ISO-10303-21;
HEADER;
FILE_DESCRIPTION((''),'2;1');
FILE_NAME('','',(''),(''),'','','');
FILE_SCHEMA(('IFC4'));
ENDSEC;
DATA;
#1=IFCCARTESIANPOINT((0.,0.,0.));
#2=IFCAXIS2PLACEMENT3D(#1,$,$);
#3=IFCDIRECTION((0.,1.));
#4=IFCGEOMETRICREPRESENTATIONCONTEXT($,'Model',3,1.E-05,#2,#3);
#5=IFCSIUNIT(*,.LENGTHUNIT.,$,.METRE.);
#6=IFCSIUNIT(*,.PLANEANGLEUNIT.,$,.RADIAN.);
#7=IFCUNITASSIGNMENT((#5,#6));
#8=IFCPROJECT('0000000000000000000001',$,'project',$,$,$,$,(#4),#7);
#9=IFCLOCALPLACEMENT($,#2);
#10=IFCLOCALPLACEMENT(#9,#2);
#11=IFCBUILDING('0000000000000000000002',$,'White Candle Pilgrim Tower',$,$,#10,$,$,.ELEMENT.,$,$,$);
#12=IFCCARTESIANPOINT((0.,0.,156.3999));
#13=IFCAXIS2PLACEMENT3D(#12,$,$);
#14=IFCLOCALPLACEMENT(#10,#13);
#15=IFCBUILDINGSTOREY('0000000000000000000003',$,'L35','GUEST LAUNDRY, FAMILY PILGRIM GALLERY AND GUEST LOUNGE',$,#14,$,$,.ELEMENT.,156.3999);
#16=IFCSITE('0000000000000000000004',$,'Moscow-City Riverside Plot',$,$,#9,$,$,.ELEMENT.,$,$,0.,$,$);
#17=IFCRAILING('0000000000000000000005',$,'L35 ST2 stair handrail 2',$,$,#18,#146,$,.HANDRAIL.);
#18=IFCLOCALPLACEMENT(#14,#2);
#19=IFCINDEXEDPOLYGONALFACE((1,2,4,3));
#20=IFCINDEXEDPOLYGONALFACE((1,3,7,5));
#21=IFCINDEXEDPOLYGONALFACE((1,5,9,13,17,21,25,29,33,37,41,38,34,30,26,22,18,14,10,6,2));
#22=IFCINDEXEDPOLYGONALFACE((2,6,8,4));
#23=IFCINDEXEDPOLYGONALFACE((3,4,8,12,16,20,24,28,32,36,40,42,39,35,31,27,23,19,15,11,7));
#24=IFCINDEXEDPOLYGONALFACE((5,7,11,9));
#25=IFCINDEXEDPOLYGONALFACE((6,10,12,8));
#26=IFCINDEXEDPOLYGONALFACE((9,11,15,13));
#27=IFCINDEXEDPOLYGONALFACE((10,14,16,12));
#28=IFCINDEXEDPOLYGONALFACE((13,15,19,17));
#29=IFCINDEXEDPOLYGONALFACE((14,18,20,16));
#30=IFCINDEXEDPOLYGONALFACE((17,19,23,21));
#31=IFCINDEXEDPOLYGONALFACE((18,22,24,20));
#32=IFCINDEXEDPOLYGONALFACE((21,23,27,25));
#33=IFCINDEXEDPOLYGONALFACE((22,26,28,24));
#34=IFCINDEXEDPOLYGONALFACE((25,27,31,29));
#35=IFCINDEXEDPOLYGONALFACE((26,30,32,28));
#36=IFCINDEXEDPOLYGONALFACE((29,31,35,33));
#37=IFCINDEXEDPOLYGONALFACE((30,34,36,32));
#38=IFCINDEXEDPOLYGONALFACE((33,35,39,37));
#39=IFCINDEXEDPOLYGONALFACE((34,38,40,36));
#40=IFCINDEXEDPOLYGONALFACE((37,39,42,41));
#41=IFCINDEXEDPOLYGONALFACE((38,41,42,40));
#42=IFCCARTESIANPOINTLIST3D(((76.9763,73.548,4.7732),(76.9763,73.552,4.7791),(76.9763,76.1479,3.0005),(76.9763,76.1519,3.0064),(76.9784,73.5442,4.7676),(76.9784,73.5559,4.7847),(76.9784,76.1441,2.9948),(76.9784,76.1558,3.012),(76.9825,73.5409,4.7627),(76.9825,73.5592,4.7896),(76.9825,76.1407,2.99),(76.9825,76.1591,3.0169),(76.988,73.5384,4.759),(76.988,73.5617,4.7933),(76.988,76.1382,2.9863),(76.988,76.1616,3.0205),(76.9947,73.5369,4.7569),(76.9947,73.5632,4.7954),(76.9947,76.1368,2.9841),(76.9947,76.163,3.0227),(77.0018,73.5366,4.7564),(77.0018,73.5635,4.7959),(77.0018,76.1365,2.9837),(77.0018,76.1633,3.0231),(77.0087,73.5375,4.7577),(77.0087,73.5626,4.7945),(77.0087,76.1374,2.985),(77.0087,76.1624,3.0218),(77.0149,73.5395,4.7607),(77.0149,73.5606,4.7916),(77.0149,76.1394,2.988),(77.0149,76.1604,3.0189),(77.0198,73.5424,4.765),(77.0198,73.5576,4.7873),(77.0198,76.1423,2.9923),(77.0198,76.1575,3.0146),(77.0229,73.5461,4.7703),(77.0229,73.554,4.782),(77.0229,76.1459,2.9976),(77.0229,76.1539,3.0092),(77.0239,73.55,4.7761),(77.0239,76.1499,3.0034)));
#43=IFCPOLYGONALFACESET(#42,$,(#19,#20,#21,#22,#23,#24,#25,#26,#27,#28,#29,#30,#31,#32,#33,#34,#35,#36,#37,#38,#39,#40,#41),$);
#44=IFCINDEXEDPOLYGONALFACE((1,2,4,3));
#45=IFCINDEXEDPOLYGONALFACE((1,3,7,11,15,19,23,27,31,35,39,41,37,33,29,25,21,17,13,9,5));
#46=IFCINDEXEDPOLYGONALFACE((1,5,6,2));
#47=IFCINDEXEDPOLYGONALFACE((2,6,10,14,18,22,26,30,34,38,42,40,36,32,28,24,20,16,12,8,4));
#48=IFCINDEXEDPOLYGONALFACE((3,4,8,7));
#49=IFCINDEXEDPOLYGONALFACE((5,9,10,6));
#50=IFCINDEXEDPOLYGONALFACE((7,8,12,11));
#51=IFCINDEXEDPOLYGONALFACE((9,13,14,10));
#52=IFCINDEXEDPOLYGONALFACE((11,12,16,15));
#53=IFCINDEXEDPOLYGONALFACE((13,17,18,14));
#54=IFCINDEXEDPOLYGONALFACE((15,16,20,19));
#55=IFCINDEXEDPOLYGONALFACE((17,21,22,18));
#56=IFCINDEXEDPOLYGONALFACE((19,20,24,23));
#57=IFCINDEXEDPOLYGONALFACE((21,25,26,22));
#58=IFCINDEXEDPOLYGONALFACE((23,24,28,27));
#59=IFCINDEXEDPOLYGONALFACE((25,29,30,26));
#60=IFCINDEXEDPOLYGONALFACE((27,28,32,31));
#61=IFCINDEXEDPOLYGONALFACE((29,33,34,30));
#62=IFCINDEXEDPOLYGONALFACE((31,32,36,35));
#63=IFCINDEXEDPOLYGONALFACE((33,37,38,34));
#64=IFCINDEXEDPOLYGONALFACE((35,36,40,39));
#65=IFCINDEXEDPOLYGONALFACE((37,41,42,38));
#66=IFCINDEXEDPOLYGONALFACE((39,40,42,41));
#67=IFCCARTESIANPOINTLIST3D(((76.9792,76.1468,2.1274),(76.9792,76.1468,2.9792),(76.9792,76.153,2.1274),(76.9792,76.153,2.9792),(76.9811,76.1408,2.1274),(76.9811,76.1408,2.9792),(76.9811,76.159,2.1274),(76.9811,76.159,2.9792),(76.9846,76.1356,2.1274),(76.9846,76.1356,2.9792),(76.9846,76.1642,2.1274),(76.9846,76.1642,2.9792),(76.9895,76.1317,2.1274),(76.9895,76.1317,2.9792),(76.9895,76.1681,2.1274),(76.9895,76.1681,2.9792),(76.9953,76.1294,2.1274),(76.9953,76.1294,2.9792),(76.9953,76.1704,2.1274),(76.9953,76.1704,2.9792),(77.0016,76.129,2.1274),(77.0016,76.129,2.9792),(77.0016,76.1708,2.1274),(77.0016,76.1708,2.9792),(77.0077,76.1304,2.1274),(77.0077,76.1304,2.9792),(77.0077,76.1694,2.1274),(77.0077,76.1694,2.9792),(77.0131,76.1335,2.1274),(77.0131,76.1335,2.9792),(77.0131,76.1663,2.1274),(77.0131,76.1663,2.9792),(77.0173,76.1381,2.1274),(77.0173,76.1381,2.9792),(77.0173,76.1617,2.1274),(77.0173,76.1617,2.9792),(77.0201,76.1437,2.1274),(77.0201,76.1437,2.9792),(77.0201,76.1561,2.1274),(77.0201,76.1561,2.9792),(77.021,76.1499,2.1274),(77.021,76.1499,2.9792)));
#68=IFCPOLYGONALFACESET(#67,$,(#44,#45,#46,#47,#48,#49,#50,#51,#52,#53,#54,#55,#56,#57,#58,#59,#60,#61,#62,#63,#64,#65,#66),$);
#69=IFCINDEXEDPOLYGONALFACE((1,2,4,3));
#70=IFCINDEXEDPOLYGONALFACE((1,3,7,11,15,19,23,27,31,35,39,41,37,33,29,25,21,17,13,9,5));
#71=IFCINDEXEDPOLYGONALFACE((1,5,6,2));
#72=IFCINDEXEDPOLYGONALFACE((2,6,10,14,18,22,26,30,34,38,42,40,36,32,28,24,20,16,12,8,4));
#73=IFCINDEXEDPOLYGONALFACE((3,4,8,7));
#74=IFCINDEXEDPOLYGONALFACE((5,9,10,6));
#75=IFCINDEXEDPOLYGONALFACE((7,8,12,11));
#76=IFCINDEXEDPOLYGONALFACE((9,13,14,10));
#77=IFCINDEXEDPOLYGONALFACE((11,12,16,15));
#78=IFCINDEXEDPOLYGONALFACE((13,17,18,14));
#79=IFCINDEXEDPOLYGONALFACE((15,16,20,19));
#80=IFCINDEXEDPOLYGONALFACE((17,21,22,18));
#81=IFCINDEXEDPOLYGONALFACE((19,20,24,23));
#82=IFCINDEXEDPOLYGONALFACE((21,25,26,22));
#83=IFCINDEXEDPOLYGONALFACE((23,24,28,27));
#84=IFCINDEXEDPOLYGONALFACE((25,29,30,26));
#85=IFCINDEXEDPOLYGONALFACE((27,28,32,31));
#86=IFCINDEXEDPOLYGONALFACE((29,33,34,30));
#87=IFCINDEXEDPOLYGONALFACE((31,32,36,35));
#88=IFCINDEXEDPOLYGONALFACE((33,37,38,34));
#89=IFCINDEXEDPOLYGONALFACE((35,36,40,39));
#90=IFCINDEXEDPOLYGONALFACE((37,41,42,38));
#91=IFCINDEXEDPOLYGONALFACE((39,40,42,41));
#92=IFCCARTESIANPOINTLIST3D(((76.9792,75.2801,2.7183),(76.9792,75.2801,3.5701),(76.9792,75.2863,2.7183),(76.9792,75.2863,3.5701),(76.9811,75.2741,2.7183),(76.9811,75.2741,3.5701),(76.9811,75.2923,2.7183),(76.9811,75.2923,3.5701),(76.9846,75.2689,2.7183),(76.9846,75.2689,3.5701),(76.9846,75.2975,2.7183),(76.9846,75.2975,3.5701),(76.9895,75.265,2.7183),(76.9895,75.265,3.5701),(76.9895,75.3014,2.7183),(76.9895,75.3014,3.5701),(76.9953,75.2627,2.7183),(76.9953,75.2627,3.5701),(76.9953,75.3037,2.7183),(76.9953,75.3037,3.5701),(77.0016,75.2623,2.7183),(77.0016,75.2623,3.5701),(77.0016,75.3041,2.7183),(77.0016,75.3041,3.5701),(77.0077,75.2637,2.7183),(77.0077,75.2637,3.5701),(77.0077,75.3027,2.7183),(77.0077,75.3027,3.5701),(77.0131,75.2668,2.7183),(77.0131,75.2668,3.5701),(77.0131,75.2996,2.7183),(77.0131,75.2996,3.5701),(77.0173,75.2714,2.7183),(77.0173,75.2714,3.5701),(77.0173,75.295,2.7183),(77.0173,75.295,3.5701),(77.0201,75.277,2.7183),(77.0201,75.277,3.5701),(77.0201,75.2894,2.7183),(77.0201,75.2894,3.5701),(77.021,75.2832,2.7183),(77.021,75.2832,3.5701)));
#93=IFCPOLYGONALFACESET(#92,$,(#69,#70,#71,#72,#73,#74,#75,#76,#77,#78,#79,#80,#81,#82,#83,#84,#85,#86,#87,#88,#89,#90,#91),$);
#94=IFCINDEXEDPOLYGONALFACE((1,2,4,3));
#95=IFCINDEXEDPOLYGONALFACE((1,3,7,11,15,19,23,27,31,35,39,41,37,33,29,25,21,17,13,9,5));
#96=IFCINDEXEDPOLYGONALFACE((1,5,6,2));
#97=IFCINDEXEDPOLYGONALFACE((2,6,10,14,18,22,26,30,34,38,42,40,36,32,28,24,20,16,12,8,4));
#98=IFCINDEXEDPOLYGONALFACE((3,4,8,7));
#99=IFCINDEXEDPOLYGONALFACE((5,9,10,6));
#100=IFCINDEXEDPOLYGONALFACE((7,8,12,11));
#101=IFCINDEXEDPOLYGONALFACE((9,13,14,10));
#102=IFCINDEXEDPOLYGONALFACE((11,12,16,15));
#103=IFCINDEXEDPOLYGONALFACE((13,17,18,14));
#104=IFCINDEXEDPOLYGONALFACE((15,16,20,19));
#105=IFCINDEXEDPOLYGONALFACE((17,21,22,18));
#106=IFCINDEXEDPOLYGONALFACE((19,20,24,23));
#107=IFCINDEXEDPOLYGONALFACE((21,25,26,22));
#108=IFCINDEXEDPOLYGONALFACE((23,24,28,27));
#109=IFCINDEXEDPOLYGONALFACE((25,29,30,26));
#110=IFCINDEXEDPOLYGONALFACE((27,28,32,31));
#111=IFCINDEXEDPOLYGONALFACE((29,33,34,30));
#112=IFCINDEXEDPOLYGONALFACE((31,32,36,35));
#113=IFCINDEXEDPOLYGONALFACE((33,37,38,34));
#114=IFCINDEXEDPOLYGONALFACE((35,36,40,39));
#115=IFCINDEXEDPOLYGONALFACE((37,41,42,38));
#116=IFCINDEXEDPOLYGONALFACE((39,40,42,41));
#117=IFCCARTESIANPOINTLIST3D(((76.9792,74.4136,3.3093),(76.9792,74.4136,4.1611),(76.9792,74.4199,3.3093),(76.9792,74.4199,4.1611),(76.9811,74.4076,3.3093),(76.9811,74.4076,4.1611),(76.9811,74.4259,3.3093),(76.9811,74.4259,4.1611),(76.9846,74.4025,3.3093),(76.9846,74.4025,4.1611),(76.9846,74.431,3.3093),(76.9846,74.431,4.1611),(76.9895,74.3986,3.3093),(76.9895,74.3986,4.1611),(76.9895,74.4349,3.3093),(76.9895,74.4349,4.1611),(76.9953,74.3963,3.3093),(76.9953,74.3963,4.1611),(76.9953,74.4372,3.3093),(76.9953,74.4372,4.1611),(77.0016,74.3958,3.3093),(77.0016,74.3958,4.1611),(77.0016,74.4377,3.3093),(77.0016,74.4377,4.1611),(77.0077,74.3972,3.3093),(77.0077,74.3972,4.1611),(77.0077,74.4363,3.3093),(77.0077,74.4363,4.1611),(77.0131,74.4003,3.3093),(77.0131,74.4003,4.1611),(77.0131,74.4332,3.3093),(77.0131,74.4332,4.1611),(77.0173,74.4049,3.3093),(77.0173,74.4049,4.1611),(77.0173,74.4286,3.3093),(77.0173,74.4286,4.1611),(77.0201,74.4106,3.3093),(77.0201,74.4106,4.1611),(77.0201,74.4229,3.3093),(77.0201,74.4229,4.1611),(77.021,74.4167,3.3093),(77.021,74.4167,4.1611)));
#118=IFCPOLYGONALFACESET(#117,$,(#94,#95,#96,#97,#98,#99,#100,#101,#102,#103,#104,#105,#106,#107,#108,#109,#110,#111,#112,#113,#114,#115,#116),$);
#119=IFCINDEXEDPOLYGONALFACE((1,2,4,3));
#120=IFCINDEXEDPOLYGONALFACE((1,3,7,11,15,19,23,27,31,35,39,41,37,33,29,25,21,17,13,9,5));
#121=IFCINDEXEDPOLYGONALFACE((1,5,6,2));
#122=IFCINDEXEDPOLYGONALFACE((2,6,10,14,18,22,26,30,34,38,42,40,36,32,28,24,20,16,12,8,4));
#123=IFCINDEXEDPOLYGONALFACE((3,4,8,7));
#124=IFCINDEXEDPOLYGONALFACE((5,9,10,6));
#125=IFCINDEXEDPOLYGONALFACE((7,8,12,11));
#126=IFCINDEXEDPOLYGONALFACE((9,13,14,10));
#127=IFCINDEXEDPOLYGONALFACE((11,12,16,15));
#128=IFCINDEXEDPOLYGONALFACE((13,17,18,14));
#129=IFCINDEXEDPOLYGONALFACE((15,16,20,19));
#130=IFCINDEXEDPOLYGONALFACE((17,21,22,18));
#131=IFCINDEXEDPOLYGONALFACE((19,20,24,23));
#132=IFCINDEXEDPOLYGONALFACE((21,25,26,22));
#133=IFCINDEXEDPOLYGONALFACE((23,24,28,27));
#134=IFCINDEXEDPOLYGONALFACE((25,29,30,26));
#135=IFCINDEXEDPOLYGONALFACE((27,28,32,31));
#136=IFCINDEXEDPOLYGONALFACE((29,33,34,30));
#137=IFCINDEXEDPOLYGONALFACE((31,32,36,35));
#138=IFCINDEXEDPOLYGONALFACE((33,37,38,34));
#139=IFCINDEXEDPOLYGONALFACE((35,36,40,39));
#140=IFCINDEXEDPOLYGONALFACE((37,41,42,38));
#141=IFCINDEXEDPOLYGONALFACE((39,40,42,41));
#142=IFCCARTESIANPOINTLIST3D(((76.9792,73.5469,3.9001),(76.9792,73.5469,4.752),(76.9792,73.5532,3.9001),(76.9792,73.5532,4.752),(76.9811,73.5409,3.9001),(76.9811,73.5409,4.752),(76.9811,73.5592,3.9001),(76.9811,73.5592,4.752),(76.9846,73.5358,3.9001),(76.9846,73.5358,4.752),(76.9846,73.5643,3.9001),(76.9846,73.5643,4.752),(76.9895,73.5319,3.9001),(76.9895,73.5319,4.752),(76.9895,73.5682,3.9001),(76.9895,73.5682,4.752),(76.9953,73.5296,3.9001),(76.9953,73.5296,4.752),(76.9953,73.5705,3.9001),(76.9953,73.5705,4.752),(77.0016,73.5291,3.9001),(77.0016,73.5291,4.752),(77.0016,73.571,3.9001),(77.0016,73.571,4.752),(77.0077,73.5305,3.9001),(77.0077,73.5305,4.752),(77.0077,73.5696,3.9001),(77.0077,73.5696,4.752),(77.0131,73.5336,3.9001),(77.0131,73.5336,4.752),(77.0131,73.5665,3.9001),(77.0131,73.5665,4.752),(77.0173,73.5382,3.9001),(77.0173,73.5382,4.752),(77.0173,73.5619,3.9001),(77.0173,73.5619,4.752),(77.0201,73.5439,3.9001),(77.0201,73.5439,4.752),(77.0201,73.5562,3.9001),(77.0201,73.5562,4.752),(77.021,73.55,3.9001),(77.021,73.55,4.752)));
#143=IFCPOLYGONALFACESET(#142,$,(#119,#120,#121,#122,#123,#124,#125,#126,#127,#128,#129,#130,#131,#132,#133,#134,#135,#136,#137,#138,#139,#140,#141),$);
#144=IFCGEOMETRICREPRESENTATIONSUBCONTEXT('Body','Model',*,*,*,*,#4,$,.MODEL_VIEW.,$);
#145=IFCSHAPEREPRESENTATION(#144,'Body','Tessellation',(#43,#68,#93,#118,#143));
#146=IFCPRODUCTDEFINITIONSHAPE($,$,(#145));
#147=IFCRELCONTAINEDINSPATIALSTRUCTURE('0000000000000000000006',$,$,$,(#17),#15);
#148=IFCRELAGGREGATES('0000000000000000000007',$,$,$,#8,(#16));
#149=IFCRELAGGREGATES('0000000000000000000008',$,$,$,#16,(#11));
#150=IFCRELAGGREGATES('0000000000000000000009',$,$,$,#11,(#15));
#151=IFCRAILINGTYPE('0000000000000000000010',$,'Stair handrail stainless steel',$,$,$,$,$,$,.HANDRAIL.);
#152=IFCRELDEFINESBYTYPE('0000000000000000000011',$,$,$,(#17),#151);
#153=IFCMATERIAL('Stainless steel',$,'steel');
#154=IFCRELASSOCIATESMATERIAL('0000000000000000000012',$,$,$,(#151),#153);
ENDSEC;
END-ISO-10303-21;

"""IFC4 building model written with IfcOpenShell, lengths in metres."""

from ifc_helpers import new_model, si_unit, direction, frame, origin, origin_2d, place, context, subcontext, project, spatial, circle, extrude, material, type_object, element, save


model = new_model("IFC4")

# Units and contexts
model_context = context("Model", 3, precision=1e-05, world=origin(), true_north=direction((0.0, 1.0)))
body_context = subcontext(model_context, "Body", "Model", "MODEL_VIEW")
ifc_project = project(units=[si_unit("LENGTHUNIT", "METRE"), si_unit("PLANEANGLEUNIT", "RADIAN")], contexts=[model_context])

# Site, building, storey
site_placement = place(None, origin())
site = spatial("IfcSite", under=ifc_project, at=site_placement, Name="Moscow-City Riverside Plot", CompositionType="ELEMENT", RefElevation=0.0)
building_placement = place(site_placement, origin())
building = spatial("IfcBuilding", under=site, at=building_placement, Name="White Candle Pilgrim Tower", CompositionType="ELEMENT")
storey_placement = place(building_placement, frame((0.0, 0.0, 156.3999)))
storey = spatial("IfcBuildingStorey", under=building, at=storey_placement, Name="L35", Description="GUEST LAUNDRY, FAMILY PILGRIM GALLERY AND GUEST LOUNGE", CompositionType="ELEMENT", Elevation=156.3999)

# Shared definitions
ifc_material_1 = material(Name="Stainless steel", Category="steel")

# Railing
railing_type_1 = type_object("IfcRailingType", Name="Stair handrail stainless steel", PredefinedType="HANDRAIL", material=ifc_material_1)
railing_1_placement = place(storey_placement, frame((77.0, 76.1499, 2.1274)))
element("IfcRailing", 1, at=railing_1_placement, inside=storey, type_object=railing_type_1, Name="L35 ST2 stair handrail 2", PredefinedType="HANDRAIL", context=body_context, shape_type="SweptSolid", body=[
    extrude(circle(Radius=0.0239, at=origin_2d()), frame((0.0, 0.0, 0.876), z_axis=(0.0, -0.826216, 0.563354), x_axis=(1.0, 0.0, 0.0)), (0.0, 0.0, 1.0), 3.1467),
    extrude(circle(Radius=0.021, at=origin_2d()), origin(), (0.0, 0.0, 1.0), 0.8518),
    extrude(circle(Radius=0.021, at=origin_2d()), frame((0.0, -0.8667, 0.5908)), (0.0, 0.0, 1.0), 0.8518),
    extrude(circle(Radius=0.021, at=origin_2d()), frame((0.0, -1.7332, 1.1819)), (0.0, 0.0, 1.0), 0.8518),
    extrude(circle(Radius=0.021, at=origin_2d()), frame((0.0, -2.5999, 1.7727)), (0.0, 0.0, 1.0), 0.8518),
])

save(model, "model.ifc")
